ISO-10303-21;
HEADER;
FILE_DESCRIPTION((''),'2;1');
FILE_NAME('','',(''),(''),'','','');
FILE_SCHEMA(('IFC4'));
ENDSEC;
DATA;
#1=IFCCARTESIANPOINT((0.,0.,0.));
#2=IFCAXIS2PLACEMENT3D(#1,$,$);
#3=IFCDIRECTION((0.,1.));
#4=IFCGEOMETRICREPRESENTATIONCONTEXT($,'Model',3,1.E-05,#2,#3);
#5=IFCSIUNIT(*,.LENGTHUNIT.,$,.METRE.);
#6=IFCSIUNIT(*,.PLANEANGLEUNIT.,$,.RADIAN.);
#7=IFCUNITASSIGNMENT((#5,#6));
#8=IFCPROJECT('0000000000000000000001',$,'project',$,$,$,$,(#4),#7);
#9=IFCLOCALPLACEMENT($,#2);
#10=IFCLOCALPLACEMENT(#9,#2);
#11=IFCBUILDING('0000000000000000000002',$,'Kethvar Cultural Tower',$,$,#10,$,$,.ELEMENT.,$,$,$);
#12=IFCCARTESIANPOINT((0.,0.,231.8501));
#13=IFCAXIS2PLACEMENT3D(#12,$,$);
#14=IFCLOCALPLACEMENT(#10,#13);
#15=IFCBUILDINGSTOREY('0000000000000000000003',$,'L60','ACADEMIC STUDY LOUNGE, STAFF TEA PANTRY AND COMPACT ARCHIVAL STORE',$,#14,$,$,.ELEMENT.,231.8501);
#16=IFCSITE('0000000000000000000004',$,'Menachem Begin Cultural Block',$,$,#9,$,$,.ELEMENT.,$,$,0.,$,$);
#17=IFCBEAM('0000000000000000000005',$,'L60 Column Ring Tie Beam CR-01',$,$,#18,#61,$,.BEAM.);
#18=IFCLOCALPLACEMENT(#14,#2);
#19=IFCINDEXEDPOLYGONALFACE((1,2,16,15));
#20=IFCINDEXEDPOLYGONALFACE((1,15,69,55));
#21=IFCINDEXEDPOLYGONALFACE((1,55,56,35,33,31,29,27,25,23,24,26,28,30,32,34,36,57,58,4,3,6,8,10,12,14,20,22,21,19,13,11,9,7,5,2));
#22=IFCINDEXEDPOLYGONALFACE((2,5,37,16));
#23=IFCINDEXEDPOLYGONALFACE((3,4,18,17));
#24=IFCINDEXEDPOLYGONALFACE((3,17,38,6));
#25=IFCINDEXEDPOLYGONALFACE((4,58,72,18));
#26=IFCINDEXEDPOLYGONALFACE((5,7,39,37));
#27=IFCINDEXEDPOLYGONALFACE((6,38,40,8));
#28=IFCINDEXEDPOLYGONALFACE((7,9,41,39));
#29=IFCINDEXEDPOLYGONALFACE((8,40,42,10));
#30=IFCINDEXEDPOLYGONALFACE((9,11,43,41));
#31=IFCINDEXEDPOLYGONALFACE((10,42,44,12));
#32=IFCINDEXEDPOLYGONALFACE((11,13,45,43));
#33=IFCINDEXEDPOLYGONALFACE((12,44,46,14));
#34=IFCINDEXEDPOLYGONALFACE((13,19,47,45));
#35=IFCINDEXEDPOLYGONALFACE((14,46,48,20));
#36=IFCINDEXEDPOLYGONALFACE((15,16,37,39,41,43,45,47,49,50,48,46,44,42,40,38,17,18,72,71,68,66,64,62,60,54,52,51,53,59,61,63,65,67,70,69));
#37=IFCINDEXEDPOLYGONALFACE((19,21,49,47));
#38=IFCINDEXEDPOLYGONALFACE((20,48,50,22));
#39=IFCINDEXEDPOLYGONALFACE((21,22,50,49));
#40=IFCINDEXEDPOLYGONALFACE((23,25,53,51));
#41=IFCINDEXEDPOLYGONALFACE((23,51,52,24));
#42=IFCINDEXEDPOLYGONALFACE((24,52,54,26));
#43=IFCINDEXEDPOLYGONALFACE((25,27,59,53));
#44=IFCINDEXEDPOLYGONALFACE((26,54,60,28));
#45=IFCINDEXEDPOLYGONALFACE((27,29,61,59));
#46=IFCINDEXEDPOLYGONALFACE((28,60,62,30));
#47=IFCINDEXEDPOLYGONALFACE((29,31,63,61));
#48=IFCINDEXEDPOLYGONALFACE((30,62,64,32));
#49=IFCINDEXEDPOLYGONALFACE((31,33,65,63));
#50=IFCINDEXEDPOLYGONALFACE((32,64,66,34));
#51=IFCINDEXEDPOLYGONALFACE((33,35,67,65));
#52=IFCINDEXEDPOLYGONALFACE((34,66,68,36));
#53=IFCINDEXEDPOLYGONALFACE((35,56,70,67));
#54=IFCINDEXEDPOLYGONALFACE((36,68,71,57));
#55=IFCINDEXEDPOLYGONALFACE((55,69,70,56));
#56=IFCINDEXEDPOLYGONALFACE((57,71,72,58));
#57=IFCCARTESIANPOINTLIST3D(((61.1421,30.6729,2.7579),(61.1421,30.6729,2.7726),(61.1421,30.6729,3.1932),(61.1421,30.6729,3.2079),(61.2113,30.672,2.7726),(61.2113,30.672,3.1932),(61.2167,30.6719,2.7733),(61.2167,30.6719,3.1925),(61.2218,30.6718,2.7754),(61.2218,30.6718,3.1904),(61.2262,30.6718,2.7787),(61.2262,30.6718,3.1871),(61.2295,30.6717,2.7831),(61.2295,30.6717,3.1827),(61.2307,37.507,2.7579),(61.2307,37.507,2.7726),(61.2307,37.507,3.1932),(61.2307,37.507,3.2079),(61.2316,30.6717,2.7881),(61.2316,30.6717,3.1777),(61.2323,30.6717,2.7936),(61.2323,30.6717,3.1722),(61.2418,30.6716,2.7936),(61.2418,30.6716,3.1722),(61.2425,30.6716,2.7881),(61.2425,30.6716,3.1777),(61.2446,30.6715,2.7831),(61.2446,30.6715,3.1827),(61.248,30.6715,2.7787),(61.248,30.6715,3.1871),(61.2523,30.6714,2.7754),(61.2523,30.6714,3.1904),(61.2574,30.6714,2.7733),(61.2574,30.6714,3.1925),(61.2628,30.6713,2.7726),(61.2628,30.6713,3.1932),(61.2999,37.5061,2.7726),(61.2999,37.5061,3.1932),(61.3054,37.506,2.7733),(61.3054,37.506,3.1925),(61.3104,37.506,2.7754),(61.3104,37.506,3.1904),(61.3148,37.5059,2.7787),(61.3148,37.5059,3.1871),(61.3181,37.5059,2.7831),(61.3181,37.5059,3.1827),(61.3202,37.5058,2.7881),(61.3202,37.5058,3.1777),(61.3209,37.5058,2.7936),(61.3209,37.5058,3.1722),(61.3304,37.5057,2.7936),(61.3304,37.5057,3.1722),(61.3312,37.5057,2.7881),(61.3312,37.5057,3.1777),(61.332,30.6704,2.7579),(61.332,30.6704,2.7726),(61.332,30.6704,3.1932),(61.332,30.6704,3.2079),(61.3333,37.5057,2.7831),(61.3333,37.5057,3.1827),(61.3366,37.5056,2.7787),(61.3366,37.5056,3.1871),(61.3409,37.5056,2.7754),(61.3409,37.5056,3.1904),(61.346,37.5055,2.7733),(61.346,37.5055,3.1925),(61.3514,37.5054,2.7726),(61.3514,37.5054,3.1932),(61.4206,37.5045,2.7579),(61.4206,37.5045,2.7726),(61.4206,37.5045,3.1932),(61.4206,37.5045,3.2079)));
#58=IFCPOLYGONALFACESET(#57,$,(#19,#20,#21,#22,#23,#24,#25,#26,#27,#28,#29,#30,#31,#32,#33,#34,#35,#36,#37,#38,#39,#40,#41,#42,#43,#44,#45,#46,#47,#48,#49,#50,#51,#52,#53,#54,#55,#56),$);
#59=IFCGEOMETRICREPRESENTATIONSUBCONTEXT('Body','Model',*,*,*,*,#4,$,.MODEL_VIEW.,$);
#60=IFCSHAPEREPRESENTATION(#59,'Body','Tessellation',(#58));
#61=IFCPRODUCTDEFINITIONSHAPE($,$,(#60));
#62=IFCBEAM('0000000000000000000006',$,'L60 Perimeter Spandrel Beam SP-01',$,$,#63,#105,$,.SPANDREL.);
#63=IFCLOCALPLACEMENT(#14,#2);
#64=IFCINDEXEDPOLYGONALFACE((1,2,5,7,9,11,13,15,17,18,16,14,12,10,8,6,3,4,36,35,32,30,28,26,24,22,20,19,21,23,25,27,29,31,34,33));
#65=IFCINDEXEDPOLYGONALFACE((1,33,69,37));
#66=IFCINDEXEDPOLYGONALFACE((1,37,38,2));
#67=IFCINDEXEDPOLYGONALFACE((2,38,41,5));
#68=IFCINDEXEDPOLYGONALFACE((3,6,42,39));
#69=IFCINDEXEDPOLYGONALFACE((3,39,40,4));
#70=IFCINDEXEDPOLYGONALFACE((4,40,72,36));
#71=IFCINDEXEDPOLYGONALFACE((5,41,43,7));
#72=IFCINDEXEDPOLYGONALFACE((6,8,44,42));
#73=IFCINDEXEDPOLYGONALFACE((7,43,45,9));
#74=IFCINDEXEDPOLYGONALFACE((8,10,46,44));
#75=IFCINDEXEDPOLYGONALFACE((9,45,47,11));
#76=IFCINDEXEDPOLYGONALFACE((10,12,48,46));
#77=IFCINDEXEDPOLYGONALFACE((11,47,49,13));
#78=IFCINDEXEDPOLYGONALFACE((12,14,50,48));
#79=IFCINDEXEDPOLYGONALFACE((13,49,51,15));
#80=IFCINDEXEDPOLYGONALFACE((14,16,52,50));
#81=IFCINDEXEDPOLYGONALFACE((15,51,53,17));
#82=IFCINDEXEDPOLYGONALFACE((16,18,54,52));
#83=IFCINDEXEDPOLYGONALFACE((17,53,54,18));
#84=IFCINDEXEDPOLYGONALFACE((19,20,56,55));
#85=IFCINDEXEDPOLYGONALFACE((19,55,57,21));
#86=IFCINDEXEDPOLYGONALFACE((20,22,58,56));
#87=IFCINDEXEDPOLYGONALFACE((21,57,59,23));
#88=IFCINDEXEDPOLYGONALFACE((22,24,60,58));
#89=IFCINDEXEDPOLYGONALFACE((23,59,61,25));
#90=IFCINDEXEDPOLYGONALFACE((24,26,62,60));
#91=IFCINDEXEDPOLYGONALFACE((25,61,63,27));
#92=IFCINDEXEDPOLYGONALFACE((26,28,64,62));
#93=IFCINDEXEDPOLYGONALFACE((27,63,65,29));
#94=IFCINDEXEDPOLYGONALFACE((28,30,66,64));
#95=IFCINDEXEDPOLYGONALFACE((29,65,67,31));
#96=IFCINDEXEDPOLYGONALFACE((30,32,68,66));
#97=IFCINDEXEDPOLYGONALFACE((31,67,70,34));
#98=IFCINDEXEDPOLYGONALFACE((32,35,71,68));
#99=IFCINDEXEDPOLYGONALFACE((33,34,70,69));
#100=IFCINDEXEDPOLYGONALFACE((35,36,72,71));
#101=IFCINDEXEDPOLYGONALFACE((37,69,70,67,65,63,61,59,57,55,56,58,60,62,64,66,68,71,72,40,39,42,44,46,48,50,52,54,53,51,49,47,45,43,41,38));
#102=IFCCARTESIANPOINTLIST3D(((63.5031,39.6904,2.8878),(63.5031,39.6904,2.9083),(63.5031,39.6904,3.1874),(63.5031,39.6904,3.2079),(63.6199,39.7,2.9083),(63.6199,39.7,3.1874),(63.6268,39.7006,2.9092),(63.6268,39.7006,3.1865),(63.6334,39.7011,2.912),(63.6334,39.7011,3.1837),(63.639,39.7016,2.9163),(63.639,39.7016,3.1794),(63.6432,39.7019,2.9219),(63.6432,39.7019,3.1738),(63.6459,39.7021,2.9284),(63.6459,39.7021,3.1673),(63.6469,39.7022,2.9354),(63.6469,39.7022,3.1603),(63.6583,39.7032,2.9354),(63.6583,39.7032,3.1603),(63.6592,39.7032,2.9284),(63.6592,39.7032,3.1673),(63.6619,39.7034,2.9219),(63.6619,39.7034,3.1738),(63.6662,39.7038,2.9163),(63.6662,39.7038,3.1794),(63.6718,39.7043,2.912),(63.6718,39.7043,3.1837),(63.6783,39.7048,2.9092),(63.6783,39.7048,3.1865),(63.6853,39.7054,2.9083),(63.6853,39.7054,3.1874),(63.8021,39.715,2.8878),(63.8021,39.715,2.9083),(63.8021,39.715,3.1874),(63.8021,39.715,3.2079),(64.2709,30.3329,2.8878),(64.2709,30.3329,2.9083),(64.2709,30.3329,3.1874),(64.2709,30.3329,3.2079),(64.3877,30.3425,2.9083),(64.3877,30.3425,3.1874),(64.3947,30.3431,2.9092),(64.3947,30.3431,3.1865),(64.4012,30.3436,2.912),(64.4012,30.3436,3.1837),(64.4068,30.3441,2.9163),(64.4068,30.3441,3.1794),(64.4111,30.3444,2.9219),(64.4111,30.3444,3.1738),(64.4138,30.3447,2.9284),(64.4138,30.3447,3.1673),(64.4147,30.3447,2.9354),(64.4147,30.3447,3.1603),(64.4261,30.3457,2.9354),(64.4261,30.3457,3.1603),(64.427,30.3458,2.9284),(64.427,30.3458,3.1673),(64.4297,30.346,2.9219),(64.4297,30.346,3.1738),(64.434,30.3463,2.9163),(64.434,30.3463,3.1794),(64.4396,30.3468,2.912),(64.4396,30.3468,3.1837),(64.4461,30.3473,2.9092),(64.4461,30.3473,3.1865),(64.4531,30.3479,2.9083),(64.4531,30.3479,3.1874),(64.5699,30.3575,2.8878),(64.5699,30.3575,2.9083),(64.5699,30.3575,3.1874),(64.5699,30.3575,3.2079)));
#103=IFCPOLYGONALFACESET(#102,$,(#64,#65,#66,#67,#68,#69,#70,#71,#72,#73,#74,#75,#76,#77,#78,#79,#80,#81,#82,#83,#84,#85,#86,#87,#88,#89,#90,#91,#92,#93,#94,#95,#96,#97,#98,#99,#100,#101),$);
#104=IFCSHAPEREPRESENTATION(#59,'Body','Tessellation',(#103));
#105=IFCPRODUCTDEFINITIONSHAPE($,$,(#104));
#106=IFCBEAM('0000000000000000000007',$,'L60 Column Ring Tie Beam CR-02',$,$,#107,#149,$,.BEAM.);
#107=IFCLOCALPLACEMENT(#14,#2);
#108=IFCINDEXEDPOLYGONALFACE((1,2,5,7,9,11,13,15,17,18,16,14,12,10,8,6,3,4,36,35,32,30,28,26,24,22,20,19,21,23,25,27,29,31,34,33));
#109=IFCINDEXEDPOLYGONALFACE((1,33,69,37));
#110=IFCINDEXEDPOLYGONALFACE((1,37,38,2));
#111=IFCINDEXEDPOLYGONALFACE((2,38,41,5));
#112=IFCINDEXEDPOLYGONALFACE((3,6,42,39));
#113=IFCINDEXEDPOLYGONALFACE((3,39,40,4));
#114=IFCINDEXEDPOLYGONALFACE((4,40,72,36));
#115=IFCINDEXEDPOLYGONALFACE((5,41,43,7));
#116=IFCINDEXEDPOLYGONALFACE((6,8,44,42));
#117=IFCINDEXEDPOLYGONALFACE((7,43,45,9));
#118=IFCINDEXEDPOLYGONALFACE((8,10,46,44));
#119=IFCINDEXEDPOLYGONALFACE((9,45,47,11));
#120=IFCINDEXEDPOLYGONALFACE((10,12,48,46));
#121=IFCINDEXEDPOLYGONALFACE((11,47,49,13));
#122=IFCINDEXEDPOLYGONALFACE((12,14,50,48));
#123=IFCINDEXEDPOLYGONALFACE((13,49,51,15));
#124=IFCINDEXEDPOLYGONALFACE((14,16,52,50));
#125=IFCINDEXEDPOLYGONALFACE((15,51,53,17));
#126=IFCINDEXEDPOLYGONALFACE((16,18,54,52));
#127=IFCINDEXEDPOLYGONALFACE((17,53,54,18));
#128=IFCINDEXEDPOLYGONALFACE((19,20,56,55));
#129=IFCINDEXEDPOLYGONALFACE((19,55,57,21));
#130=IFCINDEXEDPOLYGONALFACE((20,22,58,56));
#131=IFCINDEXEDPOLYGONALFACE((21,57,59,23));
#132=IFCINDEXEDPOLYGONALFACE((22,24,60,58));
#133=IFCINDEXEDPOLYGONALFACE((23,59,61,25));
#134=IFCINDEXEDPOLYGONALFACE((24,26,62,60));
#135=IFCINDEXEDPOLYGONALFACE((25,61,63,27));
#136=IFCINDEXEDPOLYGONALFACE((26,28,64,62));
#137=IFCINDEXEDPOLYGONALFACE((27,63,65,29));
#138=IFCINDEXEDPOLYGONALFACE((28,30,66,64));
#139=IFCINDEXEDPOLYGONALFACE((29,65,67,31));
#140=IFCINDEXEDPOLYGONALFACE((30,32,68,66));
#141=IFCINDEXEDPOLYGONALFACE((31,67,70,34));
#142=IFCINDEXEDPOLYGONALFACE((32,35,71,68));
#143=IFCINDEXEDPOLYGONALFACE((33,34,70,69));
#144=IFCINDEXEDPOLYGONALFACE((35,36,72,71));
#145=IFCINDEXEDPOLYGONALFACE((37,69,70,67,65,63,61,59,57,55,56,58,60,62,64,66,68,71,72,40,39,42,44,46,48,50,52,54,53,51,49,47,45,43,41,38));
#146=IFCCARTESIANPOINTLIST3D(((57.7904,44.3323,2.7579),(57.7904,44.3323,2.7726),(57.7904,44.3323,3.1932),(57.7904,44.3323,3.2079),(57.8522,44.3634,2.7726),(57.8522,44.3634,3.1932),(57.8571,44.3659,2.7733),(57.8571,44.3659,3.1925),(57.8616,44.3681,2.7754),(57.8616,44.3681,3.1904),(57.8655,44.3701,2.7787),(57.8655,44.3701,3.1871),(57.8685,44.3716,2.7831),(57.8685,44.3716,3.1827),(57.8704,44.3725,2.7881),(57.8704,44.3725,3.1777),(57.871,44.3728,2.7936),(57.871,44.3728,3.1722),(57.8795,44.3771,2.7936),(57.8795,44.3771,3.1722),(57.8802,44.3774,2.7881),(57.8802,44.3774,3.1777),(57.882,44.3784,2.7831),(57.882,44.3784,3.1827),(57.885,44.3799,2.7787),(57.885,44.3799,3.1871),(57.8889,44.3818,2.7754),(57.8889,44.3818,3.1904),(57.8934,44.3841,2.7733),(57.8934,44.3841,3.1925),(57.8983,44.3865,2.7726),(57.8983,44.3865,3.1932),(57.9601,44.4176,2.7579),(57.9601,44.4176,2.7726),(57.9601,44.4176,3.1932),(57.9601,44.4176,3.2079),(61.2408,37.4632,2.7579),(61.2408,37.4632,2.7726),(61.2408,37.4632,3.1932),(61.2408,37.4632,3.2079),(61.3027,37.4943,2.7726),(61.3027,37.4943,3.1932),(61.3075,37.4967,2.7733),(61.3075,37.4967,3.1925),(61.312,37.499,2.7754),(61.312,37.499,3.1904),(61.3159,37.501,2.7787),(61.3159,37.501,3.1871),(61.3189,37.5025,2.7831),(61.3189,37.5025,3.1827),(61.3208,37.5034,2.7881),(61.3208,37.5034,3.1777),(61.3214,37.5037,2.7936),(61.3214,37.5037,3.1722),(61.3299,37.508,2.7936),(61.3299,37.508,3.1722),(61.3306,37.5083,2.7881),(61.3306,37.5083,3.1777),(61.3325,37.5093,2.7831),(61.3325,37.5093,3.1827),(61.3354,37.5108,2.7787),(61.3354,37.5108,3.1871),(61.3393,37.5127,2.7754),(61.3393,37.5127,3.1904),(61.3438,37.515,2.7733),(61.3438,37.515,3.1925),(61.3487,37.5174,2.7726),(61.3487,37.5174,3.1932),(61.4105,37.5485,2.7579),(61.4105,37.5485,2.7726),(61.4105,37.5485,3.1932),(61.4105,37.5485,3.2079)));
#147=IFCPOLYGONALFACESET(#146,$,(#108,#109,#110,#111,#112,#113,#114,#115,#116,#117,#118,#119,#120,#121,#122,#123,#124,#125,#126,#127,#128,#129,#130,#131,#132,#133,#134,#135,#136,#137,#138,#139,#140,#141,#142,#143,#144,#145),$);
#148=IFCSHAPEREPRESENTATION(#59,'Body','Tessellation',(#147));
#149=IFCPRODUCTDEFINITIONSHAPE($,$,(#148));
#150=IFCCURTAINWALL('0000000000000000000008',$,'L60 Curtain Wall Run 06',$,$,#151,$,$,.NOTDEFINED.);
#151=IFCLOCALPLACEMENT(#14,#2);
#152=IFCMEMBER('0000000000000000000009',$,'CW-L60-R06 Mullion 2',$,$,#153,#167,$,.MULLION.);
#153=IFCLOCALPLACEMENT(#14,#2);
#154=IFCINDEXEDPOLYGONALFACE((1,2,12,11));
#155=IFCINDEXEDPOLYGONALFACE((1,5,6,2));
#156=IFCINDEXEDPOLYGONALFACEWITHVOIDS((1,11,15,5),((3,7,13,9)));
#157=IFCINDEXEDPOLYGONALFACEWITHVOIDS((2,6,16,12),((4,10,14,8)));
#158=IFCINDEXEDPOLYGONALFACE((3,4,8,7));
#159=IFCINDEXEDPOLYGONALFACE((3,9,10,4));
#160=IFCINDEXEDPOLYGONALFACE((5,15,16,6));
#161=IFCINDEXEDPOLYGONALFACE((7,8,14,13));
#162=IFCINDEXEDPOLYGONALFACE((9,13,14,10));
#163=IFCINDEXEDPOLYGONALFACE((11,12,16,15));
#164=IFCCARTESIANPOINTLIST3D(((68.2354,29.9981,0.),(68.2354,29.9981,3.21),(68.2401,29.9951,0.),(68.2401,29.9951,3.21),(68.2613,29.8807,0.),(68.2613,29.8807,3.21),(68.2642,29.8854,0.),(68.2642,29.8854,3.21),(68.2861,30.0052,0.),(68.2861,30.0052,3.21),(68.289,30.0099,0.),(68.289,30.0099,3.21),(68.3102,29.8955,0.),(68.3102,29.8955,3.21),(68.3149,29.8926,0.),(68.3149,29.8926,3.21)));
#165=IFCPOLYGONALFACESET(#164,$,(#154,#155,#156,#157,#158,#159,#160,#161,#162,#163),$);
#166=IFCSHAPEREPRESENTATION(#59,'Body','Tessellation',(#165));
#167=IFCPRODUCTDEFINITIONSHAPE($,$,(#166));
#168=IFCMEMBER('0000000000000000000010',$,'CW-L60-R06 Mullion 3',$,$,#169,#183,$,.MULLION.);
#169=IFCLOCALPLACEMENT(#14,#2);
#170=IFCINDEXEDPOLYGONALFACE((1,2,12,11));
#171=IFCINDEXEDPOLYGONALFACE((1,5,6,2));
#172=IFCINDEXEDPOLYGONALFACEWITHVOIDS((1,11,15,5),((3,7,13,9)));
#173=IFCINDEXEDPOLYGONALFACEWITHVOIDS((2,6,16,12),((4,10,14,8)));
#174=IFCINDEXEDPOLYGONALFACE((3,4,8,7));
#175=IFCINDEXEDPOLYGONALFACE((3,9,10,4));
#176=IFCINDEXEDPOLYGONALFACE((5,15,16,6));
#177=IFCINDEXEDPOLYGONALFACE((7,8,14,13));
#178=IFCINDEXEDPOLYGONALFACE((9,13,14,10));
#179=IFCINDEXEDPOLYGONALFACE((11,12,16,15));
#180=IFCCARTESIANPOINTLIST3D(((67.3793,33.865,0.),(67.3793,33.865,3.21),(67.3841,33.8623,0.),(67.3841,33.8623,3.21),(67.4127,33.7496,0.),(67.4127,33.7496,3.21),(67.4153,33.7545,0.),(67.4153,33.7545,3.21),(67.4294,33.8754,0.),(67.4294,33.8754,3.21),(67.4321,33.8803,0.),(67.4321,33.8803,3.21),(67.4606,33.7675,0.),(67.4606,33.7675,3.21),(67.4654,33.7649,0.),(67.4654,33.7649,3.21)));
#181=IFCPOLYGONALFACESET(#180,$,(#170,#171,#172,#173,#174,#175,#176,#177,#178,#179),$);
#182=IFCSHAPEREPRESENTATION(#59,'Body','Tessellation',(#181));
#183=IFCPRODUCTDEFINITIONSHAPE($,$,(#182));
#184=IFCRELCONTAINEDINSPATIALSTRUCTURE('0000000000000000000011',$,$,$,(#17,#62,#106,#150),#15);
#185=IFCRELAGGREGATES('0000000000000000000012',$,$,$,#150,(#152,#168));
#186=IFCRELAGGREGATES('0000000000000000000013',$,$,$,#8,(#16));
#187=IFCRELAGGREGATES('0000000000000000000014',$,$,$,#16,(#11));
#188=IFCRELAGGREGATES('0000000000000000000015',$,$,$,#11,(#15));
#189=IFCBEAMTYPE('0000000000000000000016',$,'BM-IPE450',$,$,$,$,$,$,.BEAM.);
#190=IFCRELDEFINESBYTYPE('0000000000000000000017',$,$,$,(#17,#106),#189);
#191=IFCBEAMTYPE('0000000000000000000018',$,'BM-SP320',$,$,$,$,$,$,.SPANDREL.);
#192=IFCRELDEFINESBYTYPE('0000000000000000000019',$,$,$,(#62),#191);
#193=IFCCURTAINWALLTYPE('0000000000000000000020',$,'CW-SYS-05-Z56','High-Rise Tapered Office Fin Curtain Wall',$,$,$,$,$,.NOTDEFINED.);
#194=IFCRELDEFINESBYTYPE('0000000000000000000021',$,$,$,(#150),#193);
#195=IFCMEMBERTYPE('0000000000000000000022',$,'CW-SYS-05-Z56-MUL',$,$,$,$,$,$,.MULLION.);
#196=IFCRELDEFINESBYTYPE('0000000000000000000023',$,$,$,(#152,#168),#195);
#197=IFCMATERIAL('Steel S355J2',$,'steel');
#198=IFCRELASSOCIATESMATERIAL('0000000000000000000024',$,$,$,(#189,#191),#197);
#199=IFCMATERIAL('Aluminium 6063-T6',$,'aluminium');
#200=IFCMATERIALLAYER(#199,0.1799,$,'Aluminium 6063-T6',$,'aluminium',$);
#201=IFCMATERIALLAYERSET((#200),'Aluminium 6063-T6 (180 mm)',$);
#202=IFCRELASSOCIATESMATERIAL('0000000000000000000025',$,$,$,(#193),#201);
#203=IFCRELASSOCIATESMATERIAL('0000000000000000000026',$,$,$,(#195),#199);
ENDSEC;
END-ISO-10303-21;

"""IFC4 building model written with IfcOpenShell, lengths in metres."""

from ifc_helpers import new_model, si_unit, direction, frame, origin, origin_2d, place, context, subcontext, project, spatial, hollow_rectangle, i_section, extrude, source, transform, mapped, material, layer, layer_set, material_profile, profile_set, type_object, element, aggregate, save


model = new_model("IFC4")

# Units and contexts
model_context = context("Model", 3, precision=1e-05, world=origin(), true_north=direction((0.0, 1.0)))
body_context = subcontext(model_context, "Body", "Model", "MODEL_VIEW")
ifc_project = project(units=[si_unit("LENGTHUNIT", "METRE"), si_unit("PLANEANGLEUNIT", "RADIAN")], contexts=[model_context])

# Site, building, storey
site_placement = place(None, origin())
site = spatial("IfcSite", under=ifc_project, at=site_placement, Name="Menachem Begin Cultural Block", CompositionType="ELEMENT", RefElevation=0.0)
building_placement = place(site_placement, origin())
building = spatial("IfcBuilding", under=site, at=building_placement, Name="Kethvar Cultural Tower", CompositionType="ELEMENT")
storey_placement = place(building_placement, frame((0.0, 0.0, 231.8501)))
storey = spatial("IfcBuildingStorey", under=building, at=storey_placement, Name="L60", Description="ACADEMIC STUDY LOUNGE, STAFF TEA PANTRY AND COMPACT ARCHIVAL STORE", CompositionType="ELEMENT", Elevation=231.8501)

# Beams
ifc_material_1 = material(Name="Steel S355J2", Category="steel")
ifc_material_profile_1 = material_profile(ifc_material_1, i_section(OverallWidth=0.1899, OverallDepth=0.45, WebThickness=0.0095, FlangeThickness=0.0146, FilletRadius=0.021, at=origin_2d()), Name="Steel S355J2 — IPE450")
ifc_profile_set_1 = profile_set([ifc_material_profile_1], Name="Steel S355J2 — IPE450")
beam_type_1 = type_object("IfcBeamType", Name="BM-IPE450", PredefinedType="BEAM", material=ifc_profile_set_1)
shared_shape_1 = source(origin(), body_context, "Body", "SweptSolid", [
    extrude(i_section(OverallWidth=0.1899, OverallDepth=0.45, WebThickness=0.0095, FlangeThickness=0.0146, FilletRadius=0.021, at=origin_2d()), origin(), (0.0, 0.0, 1.0), 6.8347),
])
beam_1_placement = place(storey_placement, frame((61.2371, 30.6716, 2.9829), z_axis=(0.012966, 0.999916, 0.0), x_axis=(-0.999916, 0.012966, 0.0)))
element("IfcBeam", 1, at=beam_1_placement, inside=storey, type_object=beam_type_1, Name="L60 Column Ring Tie Beam CR-01", PredefinedType="BEAM", context=body_context, shape_type="MappedRepresentation", body=[
    mapped(shared_shape_1, transform((0.0, 0.0, 0.0), scale=1.0)),
])
ifc_material_profile_2 = material_profile(ifc_material_1, i_section(OverallWidth=0.3, OverallDepth=0.3201, WebThickness=0.0115, FlangeThickness=0.0205, FilletRadius=0.0271, at=origin_2d()), Name="Steel S355J2 — HEB320")
ifc_profile_set_2 = profile_set([ifc_material_profile_2], Name="Steel S355J2 — HEB320")
beam_type_2 = type_object("IfcBeamType", Name="BM-SP320", PredefinedType="SPANDREL", material=ifc_profile_set_2)
shared_shape_2 = source(origin(), body_context, "Body", "SweptSolid", [
    extrude(i_section(OverallWidth=0.3, OverallDepth=0.3201, WebThickness=0.0115, FlangeThickness=0.0205, FilletRadius=0.0271, at=origin_2d()), origin(), (0.0, 0.0, 1.0), 9.3889),
])
beam_2_placement = place(storey_placement, frame((64.4204, 30.3452, 3.0479), z_axis=(-0.08178, 0.99665, 0.0), x_axis=(-0.99665, -0.08178, 0.0)))
element("IfcBeam", 2, at=beam_2_placement, inside=storey, type_object=beam_type_2, Name="L60 Perimeter Spandrel Beam SP-01", PredefinedType="SPANDREL", context=body_context, shape_type="MappedRepresentation", body=[
    mapped(shared_shape_2, transform((0.0, 0.0, 0.0), scale=1.0)),
])
shared_shape_3 = source(origin(), body_context, "Body", "SweptSolid", [
    extrude(i_section(OverallWidth=0.1899, OverallDepth=0.45, WebThickness=0.0095, FlangeThickness=0.0146, FilletRadius=0.021, at=origin_2d()), origin(), (0.0, 0.0, 1.0), 7.687),
])
beam_3_placement = place(storey_placement, frame((61.3257, 37.5059, 2.9829), z_axis=(-0.448864, 0.8936, 0.0), x_axis=(-0.8936, -0.448864, 0.0)))
element("IfcBeam", 3, at=beam_3_placement, inside=storey, type_object=beam_type_1, Name="L60 Column Ring Tie Beam CR-02", PredefinedType="BEAM", context=body_context, shape_type="MappedRepresentation", body=[
    mapped(shared_shape_3, transform((0.0, 0.0, 0.0), scale=1.0)),
])

# Curtain wall, members
ifc_material_2 = material(Name="Aluminium 6063-T6", Category="aluminium")
ifc_layer_1 = layer(ifc_material_2, 0.1799, Name="Aluminium 6063-T6", Category="aluminium")
ifc_layer_set_1 = layer_set([ifc_layer_1], Name="Aluminium 6063-T6 (180 mm)")
curtain_wall_type = type_object("IfcCurtainWallType", Name="CW-SYS-05-Z56", Description="High-Rise Tapered Office Fin Curtain Wall", PredefinedType="NOTDEFINED", material=ifc_layer_set_1)
curtain_wall_placement = place(storey_placement, origin())
curtain_wall = element("IfcCurtainWall", 4, at=curtain_wall_placement, inside=storey, type_object=curtain_wall_type, Name="L60 Curtain Wall Run 06", PredefinedType="NOTDEFINED")
ifc_material_profile_3 = material_profile(ifc_material_2, hollow_rectangle(XDim=0.0549, YDim=0.1201, WallThickness=0.0039, at=origin_2d()), Name="Aluminium 6063-T6 — RHS120x55x4")
ifc_profile_set_3 = profile_set([ifc_material_profile_3], Name="Aluminium 6063-T6 — RHS120x55x4")
member_type_1 = type_object("IfcMemberType", Name="CW-SYS-05-Z56-MUL", PredefinedType="MULLION", material=ifc_profile_set_3)
shared_shape_4 = source(origin(), body_context, "Body", "SweptSolid", [
    extrude(hollow_rectangle(XDim=0.0549, YDim=0.1201, WallThickness=0.0039, at=origin_2d()), origin(), (0.0, 0.0, 1.0), 3.21),
])
member_1_placement = place(storey_placement, frame((68.2751, 29.9453, 0.0), z_axis=(0.0, 0.0, 1.0), x_axis=(-0.97656, -0.215247, 0.0)))
member_1 = element("IfcMember", 5, at=member_1_placement, type_object=member_type_1, Name="CW-L60-R06 Mullion 2", PredefinedType="MULLION", context=body_context, shape_type="MappedRepresentation", body=[
    mapped(shared_shape_4, transform((0.0, 0.0, 0.0), scale=1.0)),
])
member_2_placement = place(storey_placement, frame((67.4224, 33.8149, 0.0), z_axis=(0.0, 0.0, 1.0), x_axis=(-0.960619, -0.277868, 0.0)))
member_2 = element("IfcMember", 6, at=member_2_placement, type_object=member_type_1, Name="CW-L60-R06 Mullion 3", PredefinedType="MULLION", context=body_context, shape_type="MappedRepresentation", body=[
    mapped(shared_shape_4, transform((0.0, 0.0, 0.0), scale=1.0)),
])
aggregate(curtain_wall, [member_1, member_2])

save(model, "model.ifc")
